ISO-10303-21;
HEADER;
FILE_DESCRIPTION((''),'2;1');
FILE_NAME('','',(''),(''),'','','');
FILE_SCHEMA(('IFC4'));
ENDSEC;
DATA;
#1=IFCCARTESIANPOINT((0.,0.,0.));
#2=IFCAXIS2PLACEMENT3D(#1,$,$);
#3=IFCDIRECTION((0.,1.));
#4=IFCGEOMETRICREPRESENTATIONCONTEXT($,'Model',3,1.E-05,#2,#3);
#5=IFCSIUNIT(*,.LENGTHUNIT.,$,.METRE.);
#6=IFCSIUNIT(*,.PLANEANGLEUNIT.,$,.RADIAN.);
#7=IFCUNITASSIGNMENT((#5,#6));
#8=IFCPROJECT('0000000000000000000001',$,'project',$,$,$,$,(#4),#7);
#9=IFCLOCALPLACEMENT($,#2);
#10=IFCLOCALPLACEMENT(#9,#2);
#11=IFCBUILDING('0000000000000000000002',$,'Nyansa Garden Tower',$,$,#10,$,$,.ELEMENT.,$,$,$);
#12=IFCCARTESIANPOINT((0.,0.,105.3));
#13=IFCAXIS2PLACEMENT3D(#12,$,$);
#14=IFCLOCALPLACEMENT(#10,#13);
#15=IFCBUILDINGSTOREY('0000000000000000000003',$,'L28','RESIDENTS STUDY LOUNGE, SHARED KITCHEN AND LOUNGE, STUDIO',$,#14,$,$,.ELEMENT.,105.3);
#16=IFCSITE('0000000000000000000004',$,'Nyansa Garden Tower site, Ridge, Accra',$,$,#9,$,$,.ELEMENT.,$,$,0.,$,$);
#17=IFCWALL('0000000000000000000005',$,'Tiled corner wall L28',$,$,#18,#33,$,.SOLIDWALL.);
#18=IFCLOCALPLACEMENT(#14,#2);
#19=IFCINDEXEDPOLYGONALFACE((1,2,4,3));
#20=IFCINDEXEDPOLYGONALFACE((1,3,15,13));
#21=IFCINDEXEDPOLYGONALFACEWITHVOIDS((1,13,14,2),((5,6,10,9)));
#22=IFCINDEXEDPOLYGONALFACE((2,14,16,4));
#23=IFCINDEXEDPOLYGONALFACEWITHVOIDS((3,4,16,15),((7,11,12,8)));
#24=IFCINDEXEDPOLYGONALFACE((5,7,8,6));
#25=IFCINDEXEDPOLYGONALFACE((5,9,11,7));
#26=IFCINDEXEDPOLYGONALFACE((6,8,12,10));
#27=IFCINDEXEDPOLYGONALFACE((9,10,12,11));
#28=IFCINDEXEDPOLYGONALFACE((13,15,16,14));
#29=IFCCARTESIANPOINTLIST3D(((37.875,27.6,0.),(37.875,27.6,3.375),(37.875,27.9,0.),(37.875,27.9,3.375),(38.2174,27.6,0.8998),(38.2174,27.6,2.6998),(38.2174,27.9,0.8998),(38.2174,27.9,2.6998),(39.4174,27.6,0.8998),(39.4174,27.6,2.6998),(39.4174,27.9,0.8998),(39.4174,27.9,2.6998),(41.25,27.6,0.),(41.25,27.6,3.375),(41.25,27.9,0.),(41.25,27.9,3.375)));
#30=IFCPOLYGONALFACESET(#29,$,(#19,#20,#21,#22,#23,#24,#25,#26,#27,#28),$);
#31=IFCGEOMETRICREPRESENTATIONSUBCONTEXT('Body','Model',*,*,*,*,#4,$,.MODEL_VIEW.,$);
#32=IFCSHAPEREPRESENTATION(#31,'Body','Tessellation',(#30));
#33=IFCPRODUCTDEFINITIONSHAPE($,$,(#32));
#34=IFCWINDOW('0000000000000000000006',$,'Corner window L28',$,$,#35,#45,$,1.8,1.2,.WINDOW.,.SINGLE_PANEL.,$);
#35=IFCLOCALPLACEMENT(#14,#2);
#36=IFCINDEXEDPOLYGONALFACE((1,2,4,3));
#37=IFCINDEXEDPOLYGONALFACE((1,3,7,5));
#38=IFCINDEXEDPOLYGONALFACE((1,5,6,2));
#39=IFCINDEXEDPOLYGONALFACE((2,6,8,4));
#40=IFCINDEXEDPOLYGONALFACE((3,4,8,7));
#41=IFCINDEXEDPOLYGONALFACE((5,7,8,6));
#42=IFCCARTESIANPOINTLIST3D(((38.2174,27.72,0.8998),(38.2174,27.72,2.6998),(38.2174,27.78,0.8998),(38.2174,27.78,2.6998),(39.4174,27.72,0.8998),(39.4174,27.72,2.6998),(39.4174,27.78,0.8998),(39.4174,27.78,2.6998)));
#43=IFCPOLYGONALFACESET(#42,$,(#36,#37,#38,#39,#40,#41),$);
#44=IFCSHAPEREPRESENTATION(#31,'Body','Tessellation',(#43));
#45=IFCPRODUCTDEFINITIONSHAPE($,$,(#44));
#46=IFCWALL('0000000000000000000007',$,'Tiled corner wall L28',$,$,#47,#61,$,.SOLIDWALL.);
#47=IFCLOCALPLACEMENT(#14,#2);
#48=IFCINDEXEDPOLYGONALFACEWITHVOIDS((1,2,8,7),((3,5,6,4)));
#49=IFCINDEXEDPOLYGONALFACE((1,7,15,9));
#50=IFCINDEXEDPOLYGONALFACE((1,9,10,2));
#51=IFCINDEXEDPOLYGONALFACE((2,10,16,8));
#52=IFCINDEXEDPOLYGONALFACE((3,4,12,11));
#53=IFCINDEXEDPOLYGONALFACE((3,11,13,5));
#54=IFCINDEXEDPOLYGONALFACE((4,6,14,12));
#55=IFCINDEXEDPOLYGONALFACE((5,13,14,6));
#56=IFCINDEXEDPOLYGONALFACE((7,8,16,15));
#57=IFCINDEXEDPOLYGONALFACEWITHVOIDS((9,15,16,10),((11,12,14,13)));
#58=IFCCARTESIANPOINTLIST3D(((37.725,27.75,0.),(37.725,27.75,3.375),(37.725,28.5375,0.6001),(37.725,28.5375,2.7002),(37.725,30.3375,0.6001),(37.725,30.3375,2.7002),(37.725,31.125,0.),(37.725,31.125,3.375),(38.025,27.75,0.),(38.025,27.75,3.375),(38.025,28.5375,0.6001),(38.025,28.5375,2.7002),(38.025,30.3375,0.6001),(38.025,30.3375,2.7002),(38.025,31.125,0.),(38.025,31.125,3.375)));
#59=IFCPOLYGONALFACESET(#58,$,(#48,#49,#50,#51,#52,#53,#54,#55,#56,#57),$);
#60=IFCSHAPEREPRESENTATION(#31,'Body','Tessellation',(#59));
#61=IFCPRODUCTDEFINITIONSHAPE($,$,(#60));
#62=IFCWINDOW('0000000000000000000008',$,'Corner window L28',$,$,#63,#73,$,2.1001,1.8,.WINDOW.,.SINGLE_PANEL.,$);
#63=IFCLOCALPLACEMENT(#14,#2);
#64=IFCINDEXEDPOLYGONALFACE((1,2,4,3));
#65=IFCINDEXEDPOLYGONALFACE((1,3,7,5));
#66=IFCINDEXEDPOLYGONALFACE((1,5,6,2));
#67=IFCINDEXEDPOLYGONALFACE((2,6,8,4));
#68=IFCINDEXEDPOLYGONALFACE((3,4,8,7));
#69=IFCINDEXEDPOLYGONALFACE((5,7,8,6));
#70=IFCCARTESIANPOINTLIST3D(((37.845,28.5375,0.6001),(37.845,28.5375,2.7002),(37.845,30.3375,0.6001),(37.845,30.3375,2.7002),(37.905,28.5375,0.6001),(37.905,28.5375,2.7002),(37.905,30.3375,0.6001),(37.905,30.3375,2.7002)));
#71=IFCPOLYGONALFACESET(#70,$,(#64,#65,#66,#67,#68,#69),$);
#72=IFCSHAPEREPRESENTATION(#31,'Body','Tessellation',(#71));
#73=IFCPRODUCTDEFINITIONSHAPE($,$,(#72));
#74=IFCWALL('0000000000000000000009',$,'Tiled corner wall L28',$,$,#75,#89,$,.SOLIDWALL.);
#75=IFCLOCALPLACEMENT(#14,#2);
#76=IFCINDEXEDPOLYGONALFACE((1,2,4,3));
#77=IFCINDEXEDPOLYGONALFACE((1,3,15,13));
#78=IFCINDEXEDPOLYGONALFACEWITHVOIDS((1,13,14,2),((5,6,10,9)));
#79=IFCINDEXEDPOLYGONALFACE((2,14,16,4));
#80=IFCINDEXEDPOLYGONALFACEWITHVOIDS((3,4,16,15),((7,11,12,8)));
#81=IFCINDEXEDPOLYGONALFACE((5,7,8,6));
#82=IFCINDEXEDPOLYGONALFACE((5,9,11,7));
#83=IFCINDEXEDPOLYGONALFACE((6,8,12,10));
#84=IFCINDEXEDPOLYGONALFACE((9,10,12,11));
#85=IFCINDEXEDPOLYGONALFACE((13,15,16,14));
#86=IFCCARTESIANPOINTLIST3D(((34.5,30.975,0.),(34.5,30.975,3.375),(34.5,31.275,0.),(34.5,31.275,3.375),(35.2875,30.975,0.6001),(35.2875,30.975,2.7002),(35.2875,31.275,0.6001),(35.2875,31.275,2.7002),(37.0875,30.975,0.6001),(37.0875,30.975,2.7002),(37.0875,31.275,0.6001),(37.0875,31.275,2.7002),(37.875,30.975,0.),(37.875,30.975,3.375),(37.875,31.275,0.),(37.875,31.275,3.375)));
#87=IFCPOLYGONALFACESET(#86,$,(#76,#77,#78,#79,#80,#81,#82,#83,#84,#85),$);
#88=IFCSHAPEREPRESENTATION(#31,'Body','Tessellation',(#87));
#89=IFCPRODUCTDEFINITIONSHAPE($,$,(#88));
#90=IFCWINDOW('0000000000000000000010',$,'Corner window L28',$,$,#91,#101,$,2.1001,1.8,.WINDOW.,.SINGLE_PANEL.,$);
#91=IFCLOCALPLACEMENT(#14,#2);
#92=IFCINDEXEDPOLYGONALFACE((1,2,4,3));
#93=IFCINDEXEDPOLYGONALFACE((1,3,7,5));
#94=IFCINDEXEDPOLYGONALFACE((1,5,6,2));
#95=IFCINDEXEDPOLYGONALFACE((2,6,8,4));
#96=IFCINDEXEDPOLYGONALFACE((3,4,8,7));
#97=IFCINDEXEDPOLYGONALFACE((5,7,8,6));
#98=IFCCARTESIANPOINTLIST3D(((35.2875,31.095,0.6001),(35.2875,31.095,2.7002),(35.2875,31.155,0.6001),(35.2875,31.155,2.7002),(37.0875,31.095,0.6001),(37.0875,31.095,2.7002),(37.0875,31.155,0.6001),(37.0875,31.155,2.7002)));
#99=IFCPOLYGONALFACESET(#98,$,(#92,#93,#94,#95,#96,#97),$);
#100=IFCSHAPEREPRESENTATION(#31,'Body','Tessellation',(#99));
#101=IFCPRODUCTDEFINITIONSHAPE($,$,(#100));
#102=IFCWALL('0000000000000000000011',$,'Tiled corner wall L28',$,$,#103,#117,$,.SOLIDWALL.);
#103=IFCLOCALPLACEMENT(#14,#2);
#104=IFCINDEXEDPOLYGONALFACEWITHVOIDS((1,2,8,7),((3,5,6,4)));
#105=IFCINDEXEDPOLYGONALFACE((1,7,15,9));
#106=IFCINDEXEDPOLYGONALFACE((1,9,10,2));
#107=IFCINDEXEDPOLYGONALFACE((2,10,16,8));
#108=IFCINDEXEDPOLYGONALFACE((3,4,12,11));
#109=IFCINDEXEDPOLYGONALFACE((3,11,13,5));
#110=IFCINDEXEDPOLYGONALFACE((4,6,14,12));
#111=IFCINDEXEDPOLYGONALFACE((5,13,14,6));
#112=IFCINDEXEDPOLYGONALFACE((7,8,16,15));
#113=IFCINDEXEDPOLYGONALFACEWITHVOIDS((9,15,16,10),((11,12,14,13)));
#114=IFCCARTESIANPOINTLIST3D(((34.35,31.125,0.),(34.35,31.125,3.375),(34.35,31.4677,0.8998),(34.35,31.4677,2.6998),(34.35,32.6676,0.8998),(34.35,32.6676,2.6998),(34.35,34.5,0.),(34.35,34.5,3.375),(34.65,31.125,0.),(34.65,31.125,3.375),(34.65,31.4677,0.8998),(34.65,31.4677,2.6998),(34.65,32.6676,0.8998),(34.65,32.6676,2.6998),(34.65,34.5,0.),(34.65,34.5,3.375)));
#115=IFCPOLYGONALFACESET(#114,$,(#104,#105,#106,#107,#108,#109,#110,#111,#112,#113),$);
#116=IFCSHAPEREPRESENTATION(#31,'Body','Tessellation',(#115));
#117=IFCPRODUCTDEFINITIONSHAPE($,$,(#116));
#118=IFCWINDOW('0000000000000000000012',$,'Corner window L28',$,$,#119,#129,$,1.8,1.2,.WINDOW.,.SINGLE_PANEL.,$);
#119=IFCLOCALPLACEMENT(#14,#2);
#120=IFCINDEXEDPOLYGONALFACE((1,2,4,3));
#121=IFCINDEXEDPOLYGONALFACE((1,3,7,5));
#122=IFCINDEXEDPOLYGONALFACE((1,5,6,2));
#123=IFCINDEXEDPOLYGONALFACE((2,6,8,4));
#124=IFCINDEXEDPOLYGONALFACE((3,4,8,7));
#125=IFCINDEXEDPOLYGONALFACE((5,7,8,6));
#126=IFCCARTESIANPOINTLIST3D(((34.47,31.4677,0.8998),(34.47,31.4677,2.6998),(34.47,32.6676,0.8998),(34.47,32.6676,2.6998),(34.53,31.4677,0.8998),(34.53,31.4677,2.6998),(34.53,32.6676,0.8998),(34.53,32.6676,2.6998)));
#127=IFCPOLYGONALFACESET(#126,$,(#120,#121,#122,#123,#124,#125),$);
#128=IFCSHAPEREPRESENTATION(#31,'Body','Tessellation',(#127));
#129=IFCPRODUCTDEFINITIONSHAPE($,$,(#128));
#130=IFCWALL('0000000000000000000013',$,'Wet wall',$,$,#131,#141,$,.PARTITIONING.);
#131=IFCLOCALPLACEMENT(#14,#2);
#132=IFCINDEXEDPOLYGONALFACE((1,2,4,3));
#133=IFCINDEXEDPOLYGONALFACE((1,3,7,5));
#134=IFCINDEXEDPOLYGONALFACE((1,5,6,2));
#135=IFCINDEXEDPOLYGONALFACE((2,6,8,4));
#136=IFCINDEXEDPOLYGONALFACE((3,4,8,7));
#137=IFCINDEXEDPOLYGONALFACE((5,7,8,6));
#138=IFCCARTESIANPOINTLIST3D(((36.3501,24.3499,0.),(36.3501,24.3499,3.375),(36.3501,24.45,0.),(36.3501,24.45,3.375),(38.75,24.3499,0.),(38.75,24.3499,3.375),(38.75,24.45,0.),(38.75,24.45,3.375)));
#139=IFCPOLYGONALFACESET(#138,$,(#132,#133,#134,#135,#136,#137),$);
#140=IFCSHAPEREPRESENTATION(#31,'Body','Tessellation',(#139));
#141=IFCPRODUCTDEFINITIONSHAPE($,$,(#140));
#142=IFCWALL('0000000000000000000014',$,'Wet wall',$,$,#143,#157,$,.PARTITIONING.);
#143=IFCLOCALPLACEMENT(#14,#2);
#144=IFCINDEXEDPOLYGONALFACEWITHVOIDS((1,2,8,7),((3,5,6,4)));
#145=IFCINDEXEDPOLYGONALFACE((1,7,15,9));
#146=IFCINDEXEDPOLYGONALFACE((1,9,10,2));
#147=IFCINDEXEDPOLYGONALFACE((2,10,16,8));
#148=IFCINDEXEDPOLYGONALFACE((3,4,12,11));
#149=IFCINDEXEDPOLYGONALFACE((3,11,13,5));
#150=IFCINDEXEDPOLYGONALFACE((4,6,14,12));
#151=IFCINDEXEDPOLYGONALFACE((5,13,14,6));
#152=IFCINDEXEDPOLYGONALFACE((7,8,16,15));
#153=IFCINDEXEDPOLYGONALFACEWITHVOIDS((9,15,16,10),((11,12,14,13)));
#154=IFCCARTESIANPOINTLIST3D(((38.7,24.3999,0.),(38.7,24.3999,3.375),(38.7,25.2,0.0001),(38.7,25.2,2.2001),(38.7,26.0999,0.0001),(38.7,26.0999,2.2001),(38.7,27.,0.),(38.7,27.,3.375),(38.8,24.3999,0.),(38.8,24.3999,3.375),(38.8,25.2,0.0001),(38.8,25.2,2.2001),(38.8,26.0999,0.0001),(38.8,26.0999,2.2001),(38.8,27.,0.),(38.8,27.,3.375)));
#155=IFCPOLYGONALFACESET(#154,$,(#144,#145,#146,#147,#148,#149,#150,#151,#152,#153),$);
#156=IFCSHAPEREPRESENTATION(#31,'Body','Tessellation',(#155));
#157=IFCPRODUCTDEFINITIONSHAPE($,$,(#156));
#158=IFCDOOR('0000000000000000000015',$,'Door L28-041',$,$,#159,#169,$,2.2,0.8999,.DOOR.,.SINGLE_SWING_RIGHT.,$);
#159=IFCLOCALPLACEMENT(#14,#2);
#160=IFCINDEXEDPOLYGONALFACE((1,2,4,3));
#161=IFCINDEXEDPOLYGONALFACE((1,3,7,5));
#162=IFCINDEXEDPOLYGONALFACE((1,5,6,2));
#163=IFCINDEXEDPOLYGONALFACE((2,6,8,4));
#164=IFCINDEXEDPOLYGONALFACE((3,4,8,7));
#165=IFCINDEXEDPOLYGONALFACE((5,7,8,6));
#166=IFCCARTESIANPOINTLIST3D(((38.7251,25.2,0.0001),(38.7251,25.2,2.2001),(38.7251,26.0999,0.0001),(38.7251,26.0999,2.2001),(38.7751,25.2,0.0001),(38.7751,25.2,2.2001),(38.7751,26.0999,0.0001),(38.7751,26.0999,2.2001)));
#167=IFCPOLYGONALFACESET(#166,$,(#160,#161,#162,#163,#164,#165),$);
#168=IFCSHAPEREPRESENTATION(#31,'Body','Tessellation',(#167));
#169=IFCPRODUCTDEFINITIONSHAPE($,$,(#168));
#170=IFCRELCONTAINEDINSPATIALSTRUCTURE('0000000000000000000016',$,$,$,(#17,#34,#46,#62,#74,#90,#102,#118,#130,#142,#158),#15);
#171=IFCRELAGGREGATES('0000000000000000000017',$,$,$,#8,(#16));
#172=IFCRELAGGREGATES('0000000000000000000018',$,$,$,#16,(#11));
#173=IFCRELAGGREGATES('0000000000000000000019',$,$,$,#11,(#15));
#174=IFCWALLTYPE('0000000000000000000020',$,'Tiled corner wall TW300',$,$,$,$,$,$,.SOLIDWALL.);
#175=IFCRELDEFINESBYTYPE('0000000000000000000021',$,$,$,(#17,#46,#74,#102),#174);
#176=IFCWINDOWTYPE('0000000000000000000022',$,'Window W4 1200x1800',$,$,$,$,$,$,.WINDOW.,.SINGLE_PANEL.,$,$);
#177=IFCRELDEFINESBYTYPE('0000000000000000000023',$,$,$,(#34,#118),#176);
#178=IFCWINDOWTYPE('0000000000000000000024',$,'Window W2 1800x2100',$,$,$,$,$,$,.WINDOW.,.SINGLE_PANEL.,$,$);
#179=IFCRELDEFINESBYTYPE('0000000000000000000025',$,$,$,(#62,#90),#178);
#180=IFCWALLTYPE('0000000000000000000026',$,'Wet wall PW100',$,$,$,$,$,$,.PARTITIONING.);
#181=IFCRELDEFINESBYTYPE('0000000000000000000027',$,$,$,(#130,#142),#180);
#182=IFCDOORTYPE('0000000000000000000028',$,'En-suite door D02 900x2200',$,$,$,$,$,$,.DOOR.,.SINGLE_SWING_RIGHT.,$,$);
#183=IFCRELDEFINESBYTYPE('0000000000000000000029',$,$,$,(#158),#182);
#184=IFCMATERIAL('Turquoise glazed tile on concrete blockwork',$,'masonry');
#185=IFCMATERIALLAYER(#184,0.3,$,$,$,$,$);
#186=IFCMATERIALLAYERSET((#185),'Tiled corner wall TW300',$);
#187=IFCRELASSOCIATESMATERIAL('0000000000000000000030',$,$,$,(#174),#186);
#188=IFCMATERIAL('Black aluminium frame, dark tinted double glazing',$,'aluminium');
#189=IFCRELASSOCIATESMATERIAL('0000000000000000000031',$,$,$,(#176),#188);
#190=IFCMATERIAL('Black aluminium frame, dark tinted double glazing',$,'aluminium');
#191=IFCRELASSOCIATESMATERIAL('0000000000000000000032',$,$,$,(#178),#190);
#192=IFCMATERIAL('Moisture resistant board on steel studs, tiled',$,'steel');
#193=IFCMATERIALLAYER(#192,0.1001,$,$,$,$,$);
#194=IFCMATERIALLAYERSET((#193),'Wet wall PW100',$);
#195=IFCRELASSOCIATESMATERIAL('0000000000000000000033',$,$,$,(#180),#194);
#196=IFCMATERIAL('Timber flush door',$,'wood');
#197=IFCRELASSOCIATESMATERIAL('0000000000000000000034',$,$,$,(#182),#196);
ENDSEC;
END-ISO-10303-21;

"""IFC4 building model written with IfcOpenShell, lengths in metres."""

from ifc_helpers import new_model, si_unit, direction, frame, frame_2d, origin, place, context, subcontext, project, spatial, rectangle, extrude, material, layer, layer_set, type_object, element, fill, save


model = new_model("IFC4")

# Units and contexts
model_context = context("Model", 3, precision=1e-05, world=origin(), true_north=direction((0.0, 1.0)))
body_context = subcontext(model_context, "Body", "Model", "MODEL_VIEW")
ifc_project = project(units=[si_unit("LENGTHUNIT", "METRE"), si_unit("PLANEANGLEUNIT", "RADIAN")], contexts=[model_context])

# Site, building, storey
site_placement = place(None, origin())
site = spatial("IfcSite", under=ifc_project, at=site_placement, Name="Nyansa Garden Tower site, Ridge, Accra", CompositionType="ELEMENT", RefElevation=0.0)
building_placement = place(site_placement, origin())
building = spatial("IfcBuilding", under=site, at=building_placement, Name="Nyansa Garden Tower", CompositionType="ELEMENT")
storey_placement = place(building_placement, frame((0.0, 0.0, 105.3)))
storey = spatial("IfcBuildingStorey", under=building, at=storey_placement, Name="L28", Description="RESIDENTS STUDY LOUNGE, SHARED KITCHEN AND LOUNGE, STUDIO", CompositionType="ELEMENT", Elevation=105.3)

# Walls, openings, windows
ifc_material_1 = material(Name="Turquoise glazed tile on concrete blockwork", Category="masonry")
ifc_layer_1 = layer(ifc_material_1, 0.3)
ifc_layer_set_1 = layer_set([ifc_layer_1], Name="Tiled corner wall TW300")
wall_type_1 = type_object("IfcWallType", Name="Tiled corner wall TW300", PredefinedType="SOLIDWALL", material=ifc_layer_set_1)
wall_1_placement = place(storey_placement, frame((41.25, 27.75, 0.0), z_axis=(0.0, 0.0, 1.0), x_axis=(-1.0, 0.0, 0.0)))
wall_1 = element("IfcWall", 1, at=wall_1_placement, inside=storey, type_object=wall_type_1, Name="Tiled corner wall L28", PredefinedType="SOLIDWALL", context=body_context, shape_type="SweptSolid", body=[
    extrude(rectangle(XDim=3.375, YDim=0.3, at=frame_2d((1.6875, 0.0))), origin(), (0.0, 0.0, 1.0), 3.375),
])
opening_1_placement = place(wall_1_placement, frame((1.8325, 0.0, 0.8999)))
opening_1 = element("IfcOpeningElement", 2, at=opening_1_placement, cuts=wall_1, PredefinedType="OPENING", context=body_context, shape_type="SweptSolid", body=[
    extrude(rectangle(XDim=1.2, YDim=1.8, at=frame_2d((0.6001, 0.8999))), frame((0.0, 0.1599, 0.0), z_axis=(0.0, -1.0, 0.0), x_axis=(1.0, 0.0, 0.0)), (0.0, 0.0, 1.0), 0.3201),
])
ifc_material_2 = material(Name="Black aluminium frame, dark tinted double glazing", Category="aluminium")
window_type_1 = type_object("IfcWindowType", Name="Window W4 1200x1800", PartitioningType="SINGLE_PANEL", PredefinedType="WINDOW", material=ifc_material_2)
window_1_placement = place(opening_1_placement, origin())
window_1 = element("IfcWindow", 3, at=window_1_placement, inside=storey, type_object=window_type_1, Name="Corner window L28", OverallHeight=1.8, OverallWidth=1.2, PartitioningType="SINGLE_PANEL", PredefinedType="WINDOW", context=body_context, shape_type="SweptSolid", body=[
    extrude(rectangle(XDim=1.2, YDim=1.8, at=frame_2d((0.6001, 0.8999))), frame((0.0, 0.03, 0.0), z_axis=(0.0, -1.0, 0.0), x_axis=(1.0, 0.0, 0.0)), (0.0, 0.0, 1.0), 0.0601),
])
fill(opening_1, window_1)
wall_2_placement = place(storey_placement, frame((37.875, 27.75, 0.0), z_axis=(0.0, 0.0, 1.0), x_axis=(0.0, 1.0, 0.0)))
wall_2 = element("IfcWall", 4, at=wall_2_placement, inside=storey, type_object=wall_type_1, Name="Tiled corner wall L28", PredefinedType="SOLIDWALL", context=body_context, shape_type="SweptSolid", body=[
    extrude(rectangle(XDim=3.375, YDim=0.3, at=frame_2d((1.6875, 0.0))), origin(), (0.0, 0.0, 1.0), 3.375),
])
opening_2_placement = place(wall_2_placement, frame((0.7876, 0.0, 0.6001)))
opening_2 = element("IfcOpeningElement", 5, at=opening_2_placement, cuts=wall_2, PredefinedType="OPENING", context=body_context, shape_type="SweptSolid", body=[
    extrude(rectangle(XDim=1.8, YDim=2.1001, at=frame_2d((0.8999, 1.05))), frame((0.0, 0.1599, 0.0), z_axis=(0.0, -1.0, 0.0), x_axis=(1.0, 0.0, 0.0)), (0.0, 0.0, 1.0), 0.3201),
])
ifc_material_3 = material(Name="Black aluminium frame, dark tinted double glazing", Category="aluminium")
window_type_2 = type_object("IfcWindowType", Name="Window W2 1800x2100", PartitioningType="SINGLE_PANEL", PredefinedType="WINDOW", material=ifc_material_3)
window_2_placement = place(opening_2_placement, origin())
window_2 = element("IfcWindow", 6, at=window_2_placement, inside=storey, type_object=window_type_2, Name="Corner window L28", OverallHeight=2.1001, OverallWidth=1.8, PartitioningType="SINGLE_PANEL", PredefinedType="WINDOW", context=body_context, shape_type="SweptSolid", body=[
    extrude(rectangle(XDim=1.8, YDim=2.1001, at=frame_2d((0.8999, 1.05))), frame((0.0, 0.03, 0.0), z_axis=(0.0, -1.0, 0.0), x_axis=(1.0, 0.0, 0.0)), (0.0, 0.0, 1.0), 0.0601),
])
fill(opening_2, window_2)
wall_3_placement = place(storey_placement, frame((37.875, 31.125, 0.0), z_axis=(0.0, 0.0, 1.0), x_axis=(-1.0, 0.0, 0.0)))
wall_3 = element("IfcWall", 7, at=wall_3_placement, inside=storey, type_object=wall_type_1, Name="Tiled corner wall L28", PredefinedType="SOLIDWALL", context=body_context, shape_type="SweptSolid", body=[
    extrude(rectangle(XDim=3.375, YDim=0.3, at=frame_2d((1.6875, 0.0))), origin(), (0.0, 0.0, 1.0), 3.375),
])
opening_3_placement = place(wall_3_placement, frame((0.7876, 0.0, 0.6001)))
opening_3 = element("IfcOpeningElement", 8, at=opening_3_placement, cuts=wall_3, PredefinedType="OPENING", context=body_context, shape_type="SweptSolid", body=[
    extrude(rectangle(XDim=1.8, YDim=2.1001, at=frame_2d((0.8999, 1.05))), frame((0.0, 0.1599, 0.0), z_axis=(0.0, -1.0, 0.0), x_axis=(1.0, 0.0, 0.0)), (0.0, 0.0, 1.0), 0.3201),
])
window_3_placement = place(opening_3_placement, origin())
window_3 = element("IfcWindow", 9, at=window_3_placement, inside=storey, type_object=window_type_2, Name="Corner window L28", OverallHeight=2.1001, OverallWidth=1.8, PartitioningType="SINGLE_PANEL", PredefinedType="WINDOW", context=body_context, shape_type="SweptSolid", body=[
    extrude(rectangle(XDim=1.8, YDim=2.1001, at=frame_2d((0.8999, 1.05))), frame((0.0, 0.03, 0.0), z_axis=(0.0, -1.0, 0.0), x_axis=(1.0, 0.0, 0.0)), (0.0, 0.0, 1.0), 0.0601),
])
fill(opening_3, window_3)
wall_4_placement = place(storey_placement, frame((34.5, 31.125, 0.0), z_axis=(0.0, 0.0, 1.0), x_axis=(0.0, 1.0, 0.0)))
wall_4 = element("IfcWall", 10, at=wall_4_placement, inside=storey, type_object=wall_type_1, Name="Tiled corner wall L28", PredefinedType="SOLIDWALL", context=body_context, shape_type="SweptSolid", body=[
    extrude(rectangle(XDim=3.375, YDim=0.3, at=frame_2d((1.6875, 0.0))), origin(), (0.0, 0.0, 1.0), 3.375),
])
opening_4_placement = place(wall_4_placement, frame((0.3425, 0.0, 0.8999)))
opening_4 = element("IfcOpeningElement", 11, at=opening_4_placement, cuts=wall_4, PredefinedType="OPENING", context=body_context, shape_type="SweptSolid", body=[
    extrude(rectangle(XDim=1.2, YDim=1.8, at=frame_2d((0.6001, 0.8999))), frame((0.0, 0.1599, 0.0), z_axis=(0.0, -1.0, 0.0), x_axis=(1.0, 0.0, 0.0)), (0.0, 0.0, 1.0), 0.3201),
])
window_4_placement = place(opening_4_placement, origin())
window_4 = element("IfcWindow", 12, at=window_4_placement, inside=storey, type_object=window_type_1, Name="Corner window L28", OverallHeight=1.8, OverallWidth=1.2, PartitioningType="SINGLE_PANEL", PredefinedType="WINDOW", context=body_context, shape_type="SweptSolid", body=[
    extrude(rectangle(XDim=1.2, YDim=1.8, at=frame_2d((0.6001, 0.8999))), frame((0.0, 0.03, 0.0), z_axis=(0.0, -1.0, 0.0), x_axis=(1.0, 0.0, 0.0)), (0.0, 0.0, 1.0), 0.0601),
])
fill(opening_4, window_4)

# Wall
ifc_material_4 = material(Name="Moisture resistant board on steel studs, tiled", Category="steel")
ifc_layer_2 = layer(ifc_material_4, 0.1001)
ifc_layer_set_2 = layer_set([ifc_layer_2], Name="Wet wall PW100")
wall_type_2 = type_object("IfcWallType", Name="Wet wall PW100", PredefinedType="PARTITIONING", material=ifc_layer_set_2)
wall_5_placement = place(storey_placement, frame((36.3501, 24.3999, 0.0), z_axis=(0.0, 0.0, 1.0), x_axis=(1.0, 0.0, 0.0)))
element("IfcWall", 13, at=wall_5_placement, inside=storey, type_object=wall_type_2, Name="Wet wall", PredefinedType="PARTITIONING", context=body_context, shape_type="SweptSolid", body=[
    extrude(rectangle(XDim=2.3999, YDim=0.1001, at=frame_2d((1.2, 0.0))), origin(), (0.0, 0.0, 1.0), 3.375),
])

# Wall, opening, door
wall_6_placement = place(storey_placement, frame((38.75, 24.3999, 0.0), z_axis=(0.0, 0.0, 1.0), x_axis=(0.0, 1.0, 0.0)))
wall_6 = element("IfcWall", 14, at=wall_6_placement, inside=storey, type_object=wall_type_2, Name="Wet wall", PredefinedType="PARTITIONING", context=body_context, shape_type="SweptSolid", body=[
    extrude(rectangle(XDim=2.6001, YDim=0.1001, at=frame_2d((1.3, 0.0))), origin(), (0.0, 0.0, 1.0), 3.375),
])
opening_5_placement = place(wall_6_placement, frame((0.8, 0.0, 0.0)))
opening_5 = element("IfcOpeningElement", 15, at=opening_5_placement, cuts=wall_6, PredefinedType="OPENING", context=body_context, shape_type="SweptSolid", body=[
    extrude(rectangle(XDim=0.8999, YDim=2.2, at=frame_2d((0.45, 1.1001))), frame((0.0, 0.0601, 0.0), z_axis=(0.0, -1.0, 0.0), x_axis=(1.0, 0.0, 0.0)), (0.0, 0.0, 1.0), 0.1201),
])
ifc_material_5 = material(Name="Timber flush door", Category="wood")
door_type = type_object("IfcDoorType", Name="En-suite door D02 900x2200", OperationType="SINGLE_SWING_RIGHT", PredefinedType="DOOR", material=ifc_material_5)
door_placement = place(opening_5_placement, origin())
door = element("IfcDoor", 16, at=door_placement, inside=storey, type_object=door_type, Name="Door L28-041", OperationType="SINGLE_SWING_RIGHT", OverallHeight=2.2, OverallWidth=0.8999, PredefinedType="DOOR", context=body_context, shape_type="SweptSolid", body=[
    extrude(rectangle(XDim=0.8999, YDim=2.2, at=frame_2d((0.45, 1.1001))), frame((0.0, 0.0249, 0.0), z_axis=(0.0, -1.0, 0.0), x_axis=(1.0, 0.0, 0.0)), (0.0, 0.0, 1.0), 0.05),
])
fill(opening_5, door)

save(model, "model.ifc")
